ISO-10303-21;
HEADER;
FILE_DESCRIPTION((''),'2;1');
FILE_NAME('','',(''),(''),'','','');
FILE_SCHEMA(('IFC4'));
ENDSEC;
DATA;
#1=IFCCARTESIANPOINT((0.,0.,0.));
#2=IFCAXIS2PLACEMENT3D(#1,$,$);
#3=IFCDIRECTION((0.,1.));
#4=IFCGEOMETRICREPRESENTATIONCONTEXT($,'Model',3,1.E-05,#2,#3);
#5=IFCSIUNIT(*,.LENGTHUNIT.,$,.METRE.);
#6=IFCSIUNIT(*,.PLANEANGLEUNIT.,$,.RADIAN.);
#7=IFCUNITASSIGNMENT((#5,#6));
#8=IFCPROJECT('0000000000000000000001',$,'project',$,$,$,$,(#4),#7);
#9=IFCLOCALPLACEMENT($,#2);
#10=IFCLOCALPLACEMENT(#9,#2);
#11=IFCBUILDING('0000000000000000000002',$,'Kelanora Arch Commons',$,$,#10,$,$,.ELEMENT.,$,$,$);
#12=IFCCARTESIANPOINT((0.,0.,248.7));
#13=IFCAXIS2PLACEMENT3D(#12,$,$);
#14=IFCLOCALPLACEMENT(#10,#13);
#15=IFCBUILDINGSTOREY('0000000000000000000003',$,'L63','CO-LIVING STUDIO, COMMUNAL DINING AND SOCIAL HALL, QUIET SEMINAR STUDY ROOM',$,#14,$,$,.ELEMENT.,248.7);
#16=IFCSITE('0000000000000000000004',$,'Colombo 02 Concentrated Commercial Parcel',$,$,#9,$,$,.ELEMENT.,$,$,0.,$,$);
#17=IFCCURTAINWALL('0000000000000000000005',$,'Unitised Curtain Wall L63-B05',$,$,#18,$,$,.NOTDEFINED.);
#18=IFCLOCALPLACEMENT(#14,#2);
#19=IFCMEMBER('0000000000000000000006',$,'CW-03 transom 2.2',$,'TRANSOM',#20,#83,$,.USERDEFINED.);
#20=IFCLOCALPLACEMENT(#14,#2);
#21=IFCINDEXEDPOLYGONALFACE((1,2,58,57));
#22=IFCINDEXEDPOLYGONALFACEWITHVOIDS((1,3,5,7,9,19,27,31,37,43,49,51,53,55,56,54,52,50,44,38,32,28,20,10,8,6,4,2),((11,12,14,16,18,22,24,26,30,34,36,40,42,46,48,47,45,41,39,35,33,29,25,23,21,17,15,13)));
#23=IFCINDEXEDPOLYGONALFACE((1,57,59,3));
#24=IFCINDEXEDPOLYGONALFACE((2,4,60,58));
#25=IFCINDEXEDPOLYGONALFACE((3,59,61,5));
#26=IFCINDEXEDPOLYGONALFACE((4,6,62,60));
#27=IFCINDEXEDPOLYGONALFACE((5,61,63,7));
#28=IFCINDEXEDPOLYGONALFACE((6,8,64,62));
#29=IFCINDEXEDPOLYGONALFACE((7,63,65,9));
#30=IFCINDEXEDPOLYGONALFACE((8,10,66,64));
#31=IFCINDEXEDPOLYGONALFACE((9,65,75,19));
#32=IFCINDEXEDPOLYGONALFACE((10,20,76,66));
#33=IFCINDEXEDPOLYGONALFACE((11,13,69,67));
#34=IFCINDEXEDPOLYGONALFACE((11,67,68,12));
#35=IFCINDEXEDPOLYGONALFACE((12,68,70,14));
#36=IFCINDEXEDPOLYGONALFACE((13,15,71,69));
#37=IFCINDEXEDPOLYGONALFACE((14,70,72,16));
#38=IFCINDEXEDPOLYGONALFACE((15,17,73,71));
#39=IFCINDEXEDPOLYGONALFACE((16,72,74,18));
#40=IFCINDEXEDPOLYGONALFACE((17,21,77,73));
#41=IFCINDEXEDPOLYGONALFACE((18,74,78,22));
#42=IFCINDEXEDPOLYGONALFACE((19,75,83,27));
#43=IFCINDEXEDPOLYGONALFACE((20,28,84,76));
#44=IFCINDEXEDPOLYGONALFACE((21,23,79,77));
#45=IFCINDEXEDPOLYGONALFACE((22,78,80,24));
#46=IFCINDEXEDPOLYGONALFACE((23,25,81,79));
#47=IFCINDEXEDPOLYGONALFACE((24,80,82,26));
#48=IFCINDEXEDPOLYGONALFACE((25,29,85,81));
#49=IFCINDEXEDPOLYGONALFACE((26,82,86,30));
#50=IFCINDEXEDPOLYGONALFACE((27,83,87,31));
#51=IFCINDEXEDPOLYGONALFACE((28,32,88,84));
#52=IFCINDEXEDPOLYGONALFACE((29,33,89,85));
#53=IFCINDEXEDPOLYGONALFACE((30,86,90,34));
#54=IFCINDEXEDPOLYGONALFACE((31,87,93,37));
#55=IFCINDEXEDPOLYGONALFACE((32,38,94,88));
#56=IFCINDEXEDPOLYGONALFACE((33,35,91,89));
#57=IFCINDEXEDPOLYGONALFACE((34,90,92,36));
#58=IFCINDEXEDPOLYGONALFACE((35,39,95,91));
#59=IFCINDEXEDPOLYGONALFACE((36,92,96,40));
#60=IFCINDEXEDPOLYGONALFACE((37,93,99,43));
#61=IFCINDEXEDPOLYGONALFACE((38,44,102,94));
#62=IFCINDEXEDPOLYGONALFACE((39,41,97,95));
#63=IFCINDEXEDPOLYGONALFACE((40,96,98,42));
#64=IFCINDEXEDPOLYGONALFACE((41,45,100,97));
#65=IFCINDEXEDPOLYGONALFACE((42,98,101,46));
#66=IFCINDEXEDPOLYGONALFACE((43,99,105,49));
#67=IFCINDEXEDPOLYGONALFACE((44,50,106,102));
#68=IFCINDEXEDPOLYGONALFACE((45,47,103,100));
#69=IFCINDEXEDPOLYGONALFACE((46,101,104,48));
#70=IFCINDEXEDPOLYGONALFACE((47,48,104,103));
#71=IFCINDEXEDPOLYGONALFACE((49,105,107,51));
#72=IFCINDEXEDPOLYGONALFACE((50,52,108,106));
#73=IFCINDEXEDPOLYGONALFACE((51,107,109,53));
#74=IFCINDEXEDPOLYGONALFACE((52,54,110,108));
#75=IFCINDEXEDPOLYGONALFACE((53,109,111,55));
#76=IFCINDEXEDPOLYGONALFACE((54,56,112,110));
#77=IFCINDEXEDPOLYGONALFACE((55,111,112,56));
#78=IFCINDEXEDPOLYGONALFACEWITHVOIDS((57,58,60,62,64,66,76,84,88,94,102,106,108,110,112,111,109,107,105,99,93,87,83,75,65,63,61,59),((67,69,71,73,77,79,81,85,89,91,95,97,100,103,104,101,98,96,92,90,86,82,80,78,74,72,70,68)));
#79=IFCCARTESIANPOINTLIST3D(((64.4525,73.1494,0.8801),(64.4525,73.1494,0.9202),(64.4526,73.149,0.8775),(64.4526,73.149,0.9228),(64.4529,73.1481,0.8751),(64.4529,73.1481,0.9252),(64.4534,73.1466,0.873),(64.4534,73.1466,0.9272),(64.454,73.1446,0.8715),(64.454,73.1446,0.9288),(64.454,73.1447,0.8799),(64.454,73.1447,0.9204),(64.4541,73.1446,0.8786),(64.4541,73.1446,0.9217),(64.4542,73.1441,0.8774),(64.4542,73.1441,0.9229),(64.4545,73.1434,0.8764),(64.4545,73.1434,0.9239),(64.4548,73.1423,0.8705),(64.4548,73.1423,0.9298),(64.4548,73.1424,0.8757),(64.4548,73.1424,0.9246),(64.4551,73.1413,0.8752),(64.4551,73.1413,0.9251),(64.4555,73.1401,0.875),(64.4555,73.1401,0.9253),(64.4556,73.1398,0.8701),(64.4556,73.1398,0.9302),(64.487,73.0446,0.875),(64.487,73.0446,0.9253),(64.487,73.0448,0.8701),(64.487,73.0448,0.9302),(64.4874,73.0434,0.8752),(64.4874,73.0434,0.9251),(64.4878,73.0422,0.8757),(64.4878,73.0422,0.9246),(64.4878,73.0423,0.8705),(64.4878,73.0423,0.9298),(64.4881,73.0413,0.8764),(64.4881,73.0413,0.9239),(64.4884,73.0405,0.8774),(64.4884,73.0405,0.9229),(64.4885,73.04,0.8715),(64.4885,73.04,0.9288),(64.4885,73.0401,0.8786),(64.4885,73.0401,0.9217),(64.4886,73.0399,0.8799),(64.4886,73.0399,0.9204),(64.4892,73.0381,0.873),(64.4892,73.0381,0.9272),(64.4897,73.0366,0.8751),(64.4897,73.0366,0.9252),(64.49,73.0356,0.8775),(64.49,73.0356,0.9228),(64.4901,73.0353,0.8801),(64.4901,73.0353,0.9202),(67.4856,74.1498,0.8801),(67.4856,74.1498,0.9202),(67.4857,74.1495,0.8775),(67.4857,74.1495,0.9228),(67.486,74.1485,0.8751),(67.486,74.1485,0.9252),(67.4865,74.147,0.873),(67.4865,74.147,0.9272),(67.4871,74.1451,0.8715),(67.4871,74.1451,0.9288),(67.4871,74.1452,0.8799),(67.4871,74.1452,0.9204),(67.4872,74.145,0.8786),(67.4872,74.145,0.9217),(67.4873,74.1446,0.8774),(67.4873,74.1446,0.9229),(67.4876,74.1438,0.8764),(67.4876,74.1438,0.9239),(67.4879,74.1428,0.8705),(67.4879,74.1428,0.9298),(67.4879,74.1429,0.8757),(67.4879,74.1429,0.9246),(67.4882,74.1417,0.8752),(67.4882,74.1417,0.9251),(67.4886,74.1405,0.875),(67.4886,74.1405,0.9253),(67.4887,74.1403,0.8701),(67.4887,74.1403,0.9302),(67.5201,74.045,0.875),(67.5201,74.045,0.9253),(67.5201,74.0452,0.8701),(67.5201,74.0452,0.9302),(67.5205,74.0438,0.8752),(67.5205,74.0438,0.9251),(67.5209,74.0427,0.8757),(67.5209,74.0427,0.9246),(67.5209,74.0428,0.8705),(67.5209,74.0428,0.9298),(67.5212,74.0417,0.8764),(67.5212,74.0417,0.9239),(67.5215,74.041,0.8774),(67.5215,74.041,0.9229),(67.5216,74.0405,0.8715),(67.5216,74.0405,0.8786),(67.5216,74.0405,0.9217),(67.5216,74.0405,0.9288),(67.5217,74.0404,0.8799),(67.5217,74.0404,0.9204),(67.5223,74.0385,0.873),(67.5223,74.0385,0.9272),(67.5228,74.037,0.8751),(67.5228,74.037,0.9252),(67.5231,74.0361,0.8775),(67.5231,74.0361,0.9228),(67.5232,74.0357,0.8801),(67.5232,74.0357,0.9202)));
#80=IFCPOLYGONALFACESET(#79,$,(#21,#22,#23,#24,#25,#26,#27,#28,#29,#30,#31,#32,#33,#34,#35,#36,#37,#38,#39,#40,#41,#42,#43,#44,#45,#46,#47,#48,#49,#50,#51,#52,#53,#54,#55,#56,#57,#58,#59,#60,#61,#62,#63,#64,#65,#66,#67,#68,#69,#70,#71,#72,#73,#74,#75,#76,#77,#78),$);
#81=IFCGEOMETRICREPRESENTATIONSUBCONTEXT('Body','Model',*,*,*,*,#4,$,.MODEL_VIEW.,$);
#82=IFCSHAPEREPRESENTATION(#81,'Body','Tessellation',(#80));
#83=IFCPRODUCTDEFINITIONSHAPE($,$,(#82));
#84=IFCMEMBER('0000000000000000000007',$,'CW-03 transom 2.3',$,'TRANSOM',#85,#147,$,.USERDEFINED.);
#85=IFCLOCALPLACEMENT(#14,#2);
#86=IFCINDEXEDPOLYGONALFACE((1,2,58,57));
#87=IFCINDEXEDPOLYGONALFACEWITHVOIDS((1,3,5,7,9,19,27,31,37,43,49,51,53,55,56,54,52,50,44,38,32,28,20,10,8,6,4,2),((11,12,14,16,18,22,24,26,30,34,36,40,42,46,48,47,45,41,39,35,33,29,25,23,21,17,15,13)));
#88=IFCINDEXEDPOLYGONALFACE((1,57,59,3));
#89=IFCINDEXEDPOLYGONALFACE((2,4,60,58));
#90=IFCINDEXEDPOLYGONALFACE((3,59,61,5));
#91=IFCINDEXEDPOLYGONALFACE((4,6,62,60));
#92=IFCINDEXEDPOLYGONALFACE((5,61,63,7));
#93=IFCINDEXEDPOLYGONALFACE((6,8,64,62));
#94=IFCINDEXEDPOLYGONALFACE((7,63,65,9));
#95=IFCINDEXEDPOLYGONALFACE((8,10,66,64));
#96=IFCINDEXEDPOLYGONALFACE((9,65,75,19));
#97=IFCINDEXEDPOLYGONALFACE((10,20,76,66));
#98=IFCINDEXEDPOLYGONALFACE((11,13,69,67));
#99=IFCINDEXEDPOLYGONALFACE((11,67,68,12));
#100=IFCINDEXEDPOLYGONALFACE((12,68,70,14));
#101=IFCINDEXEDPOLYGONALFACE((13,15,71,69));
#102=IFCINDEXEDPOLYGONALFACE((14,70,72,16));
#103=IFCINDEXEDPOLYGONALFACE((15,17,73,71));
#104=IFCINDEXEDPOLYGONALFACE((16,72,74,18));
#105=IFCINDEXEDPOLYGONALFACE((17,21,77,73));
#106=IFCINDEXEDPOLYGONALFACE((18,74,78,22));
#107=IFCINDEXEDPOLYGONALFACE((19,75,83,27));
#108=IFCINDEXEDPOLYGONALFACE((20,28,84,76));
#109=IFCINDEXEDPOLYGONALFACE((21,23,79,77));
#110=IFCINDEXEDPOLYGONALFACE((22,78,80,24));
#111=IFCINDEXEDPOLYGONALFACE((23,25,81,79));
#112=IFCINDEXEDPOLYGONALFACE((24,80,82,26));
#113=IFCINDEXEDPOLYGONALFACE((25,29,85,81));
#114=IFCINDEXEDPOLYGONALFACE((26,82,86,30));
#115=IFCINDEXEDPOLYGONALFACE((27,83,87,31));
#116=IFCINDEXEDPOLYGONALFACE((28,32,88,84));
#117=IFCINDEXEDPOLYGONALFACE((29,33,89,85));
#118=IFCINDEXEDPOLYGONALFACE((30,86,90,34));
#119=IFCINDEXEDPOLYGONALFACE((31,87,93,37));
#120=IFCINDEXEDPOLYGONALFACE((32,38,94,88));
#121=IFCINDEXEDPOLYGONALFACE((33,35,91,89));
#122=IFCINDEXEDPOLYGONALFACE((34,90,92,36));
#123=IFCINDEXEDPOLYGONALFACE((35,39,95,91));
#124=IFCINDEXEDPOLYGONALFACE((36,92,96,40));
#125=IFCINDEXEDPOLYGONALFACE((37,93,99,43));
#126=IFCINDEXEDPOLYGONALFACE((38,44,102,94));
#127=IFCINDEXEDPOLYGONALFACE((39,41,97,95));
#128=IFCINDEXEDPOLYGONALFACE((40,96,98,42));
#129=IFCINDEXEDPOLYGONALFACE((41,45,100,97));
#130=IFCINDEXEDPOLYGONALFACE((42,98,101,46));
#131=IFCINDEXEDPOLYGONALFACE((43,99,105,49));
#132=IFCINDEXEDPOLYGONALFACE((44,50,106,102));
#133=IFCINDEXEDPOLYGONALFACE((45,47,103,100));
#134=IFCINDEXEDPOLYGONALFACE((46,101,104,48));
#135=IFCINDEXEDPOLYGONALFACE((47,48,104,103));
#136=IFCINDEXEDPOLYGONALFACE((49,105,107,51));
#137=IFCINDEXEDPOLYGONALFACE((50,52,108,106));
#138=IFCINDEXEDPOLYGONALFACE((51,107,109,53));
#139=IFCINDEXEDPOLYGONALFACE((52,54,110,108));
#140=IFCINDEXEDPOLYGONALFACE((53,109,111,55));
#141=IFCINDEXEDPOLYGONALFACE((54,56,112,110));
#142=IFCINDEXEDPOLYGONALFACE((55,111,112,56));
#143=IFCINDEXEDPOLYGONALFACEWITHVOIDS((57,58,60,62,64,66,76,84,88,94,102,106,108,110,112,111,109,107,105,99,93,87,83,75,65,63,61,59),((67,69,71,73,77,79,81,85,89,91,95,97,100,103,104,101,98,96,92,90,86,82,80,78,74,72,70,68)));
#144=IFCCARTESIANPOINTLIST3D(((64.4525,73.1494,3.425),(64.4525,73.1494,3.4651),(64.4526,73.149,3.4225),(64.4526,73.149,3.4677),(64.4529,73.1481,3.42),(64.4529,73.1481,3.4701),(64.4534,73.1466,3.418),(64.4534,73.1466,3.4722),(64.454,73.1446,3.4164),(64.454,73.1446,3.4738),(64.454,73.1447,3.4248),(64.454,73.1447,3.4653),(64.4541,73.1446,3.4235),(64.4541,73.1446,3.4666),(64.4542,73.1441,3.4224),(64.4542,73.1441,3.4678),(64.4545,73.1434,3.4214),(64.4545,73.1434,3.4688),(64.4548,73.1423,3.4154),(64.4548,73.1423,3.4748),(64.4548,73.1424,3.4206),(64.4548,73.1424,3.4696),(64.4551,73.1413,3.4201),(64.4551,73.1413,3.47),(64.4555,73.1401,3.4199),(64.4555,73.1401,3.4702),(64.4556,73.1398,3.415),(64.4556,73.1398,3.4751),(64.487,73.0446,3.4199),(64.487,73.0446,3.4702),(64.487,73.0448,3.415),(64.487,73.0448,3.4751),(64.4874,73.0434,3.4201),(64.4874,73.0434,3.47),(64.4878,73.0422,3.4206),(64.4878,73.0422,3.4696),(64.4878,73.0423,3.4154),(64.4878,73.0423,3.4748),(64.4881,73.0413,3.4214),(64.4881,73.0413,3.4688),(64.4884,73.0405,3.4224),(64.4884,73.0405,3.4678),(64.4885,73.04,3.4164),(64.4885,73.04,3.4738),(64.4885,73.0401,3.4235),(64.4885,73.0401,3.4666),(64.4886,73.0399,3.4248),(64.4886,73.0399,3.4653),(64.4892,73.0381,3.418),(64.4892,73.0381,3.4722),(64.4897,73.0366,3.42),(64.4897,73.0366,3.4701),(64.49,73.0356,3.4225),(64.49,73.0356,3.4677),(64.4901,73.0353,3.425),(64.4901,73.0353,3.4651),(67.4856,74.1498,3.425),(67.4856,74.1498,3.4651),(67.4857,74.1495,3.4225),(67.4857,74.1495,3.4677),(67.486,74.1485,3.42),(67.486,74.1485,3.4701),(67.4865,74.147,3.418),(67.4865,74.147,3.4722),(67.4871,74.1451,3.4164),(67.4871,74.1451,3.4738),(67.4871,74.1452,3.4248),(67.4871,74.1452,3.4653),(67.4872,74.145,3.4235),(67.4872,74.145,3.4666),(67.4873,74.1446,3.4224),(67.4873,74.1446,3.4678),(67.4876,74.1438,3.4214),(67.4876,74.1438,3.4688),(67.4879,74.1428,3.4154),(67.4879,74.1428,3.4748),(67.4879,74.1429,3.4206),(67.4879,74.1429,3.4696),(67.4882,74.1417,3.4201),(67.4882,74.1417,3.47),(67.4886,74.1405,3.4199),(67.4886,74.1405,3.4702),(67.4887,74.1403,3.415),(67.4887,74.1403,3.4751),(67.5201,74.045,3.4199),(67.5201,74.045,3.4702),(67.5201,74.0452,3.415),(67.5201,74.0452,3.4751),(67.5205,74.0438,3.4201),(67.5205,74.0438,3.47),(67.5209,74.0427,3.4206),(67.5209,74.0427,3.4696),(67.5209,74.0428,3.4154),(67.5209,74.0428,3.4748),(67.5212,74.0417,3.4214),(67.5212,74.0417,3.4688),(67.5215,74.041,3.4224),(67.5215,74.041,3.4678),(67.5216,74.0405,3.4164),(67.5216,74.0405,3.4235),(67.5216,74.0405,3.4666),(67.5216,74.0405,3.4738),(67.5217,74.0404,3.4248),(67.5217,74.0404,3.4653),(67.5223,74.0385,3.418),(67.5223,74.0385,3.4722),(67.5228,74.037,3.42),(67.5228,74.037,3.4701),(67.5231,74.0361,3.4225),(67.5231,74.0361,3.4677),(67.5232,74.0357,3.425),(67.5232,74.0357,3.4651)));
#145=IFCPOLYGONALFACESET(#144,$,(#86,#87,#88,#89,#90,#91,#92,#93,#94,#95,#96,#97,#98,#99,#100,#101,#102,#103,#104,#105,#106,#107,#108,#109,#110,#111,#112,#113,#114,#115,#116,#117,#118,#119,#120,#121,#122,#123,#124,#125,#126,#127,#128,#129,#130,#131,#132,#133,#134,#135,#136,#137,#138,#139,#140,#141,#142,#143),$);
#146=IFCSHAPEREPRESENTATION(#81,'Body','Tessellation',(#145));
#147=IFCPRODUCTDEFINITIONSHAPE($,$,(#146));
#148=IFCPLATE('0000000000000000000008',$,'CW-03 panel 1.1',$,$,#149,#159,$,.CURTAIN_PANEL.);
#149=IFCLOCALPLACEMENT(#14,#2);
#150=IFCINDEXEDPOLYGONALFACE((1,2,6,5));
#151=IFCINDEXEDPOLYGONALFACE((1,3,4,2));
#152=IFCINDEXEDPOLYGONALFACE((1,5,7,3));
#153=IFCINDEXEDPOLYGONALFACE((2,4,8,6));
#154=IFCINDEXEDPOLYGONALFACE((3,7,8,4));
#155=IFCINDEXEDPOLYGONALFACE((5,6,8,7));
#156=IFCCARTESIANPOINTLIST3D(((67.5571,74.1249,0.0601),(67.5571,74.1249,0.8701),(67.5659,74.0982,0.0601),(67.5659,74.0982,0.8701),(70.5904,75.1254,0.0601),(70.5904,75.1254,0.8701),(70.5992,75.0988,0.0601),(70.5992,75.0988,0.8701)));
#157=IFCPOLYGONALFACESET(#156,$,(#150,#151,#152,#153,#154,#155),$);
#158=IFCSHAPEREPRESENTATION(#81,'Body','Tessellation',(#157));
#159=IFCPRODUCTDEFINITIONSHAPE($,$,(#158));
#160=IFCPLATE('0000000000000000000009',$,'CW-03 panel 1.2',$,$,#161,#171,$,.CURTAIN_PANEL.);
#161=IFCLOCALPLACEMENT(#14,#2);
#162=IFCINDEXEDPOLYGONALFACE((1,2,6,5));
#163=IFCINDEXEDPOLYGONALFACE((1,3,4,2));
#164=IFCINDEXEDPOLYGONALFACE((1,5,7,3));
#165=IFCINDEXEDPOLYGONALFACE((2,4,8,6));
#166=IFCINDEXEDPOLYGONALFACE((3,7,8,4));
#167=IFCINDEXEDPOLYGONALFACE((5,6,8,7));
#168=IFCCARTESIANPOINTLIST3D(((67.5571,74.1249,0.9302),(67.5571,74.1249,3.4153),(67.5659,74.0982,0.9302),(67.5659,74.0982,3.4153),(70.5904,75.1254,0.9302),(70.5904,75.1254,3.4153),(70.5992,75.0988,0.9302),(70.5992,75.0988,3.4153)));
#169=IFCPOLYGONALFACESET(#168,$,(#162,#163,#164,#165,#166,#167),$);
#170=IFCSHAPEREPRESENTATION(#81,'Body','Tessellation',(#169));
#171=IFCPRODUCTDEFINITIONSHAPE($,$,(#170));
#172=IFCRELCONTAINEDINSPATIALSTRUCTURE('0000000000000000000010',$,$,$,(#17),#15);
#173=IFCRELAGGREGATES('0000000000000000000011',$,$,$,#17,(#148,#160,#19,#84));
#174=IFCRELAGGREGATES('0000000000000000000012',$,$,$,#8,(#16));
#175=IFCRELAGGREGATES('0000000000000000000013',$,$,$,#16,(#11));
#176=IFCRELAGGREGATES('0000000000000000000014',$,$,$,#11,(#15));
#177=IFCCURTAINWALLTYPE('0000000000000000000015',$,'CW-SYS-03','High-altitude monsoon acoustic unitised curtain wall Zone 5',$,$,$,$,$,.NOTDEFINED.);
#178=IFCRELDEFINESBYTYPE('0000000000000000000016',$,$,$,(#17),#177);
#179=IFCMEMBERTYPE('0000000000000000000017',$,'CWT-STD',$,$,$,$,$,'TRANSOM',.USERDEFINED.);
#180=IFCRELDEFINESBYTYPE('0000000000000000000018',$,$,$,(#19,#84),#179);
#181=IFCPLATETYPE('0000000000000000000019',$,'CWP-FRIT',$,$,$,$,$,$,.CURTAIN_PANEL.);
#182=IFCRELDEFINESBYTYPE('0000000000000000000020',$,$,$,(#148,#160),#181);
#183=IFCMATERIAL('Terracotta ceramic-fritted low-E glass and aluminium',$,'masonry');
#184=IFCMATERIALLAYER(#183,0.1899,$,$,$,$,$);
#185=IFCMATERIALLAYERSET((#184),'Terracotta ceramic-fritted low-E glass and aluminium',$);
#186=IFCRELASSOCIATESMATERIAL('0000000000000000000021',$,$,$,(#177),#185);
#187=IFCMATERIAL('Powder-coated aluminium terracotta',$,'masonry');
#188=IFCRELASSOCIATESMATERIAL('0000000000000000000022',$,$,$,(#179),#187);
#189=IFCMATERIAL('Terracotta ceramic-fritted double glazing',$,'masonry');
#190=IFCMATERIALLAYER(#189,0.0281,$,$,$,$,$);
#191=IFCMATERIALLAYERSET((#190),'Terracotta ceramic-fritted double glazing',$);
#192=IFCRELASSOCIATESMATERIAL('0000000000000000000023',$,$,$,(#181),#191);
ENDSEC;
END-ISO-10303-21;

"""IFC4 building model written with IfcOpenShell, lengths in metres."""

from ifc_helpers import new_model, si_unit, direction, frame, origin, origin_2d, place, context, subcontext, project, spatial, rectangle, hollow_rectangle, extrude, source, transform, mapped, material, layer, layer_set, material_profile, profile_set, type_object, element, aggregate, save


model = new_model("IFC4")

# Units and contexts
model_context = context("Model", 3, precision=1e-05, world=origin(), true_north=direction((0.0, 1.0)))
body_context = subcontext(model_context, "Body", "Model", "MODEL_VIEW")
ifc_project = project(units=[si_unit("LENGTHUNIT", "METRE"), si_unit("PLANEANGLEUNIT", "RADIAN")], contexts=[model_context])

# Site, building, storey
site_placement = place(None, origin())
site = spatial("IfcSite", under=ifc_project, at=site_placement, Name="Colombo 02 Concentrated Commercial Parcel", CompositionType="ELEMENT", RefElevation=0.0)
building_placement = place(site_placement, origin())
building = spatial("IfcBuilding", under=site, at=building_placement, Name="Kelanora Arch Commons", CompositionType="ELEMENT")
storey_placement = place(building_placement, frame((0.0, 0.0, 248.7)))
storey = spatial("IfcBuildingStorey", under=building, at=storey_placement, Name="L63", Description="CO-LIVING STUDIO, COMMUNAL DINING AND SOCIAL HALL, QUIET SEMINAR STUDY ROOM", CompositionType="ELEMENT", Elevation=248.7)

# Curtain wall, members, plates
ifc_material_1 = material(Name="Terracotta ceramic-fritted low-E glass and aluminium", Category="masonry")
ifc_layer_1 = layer(ifc_material_1, 0.1899)
ifc_layer_set_1 = layer_set([ifc_layer_1], Name="Terracotta ceramic-fritted low-E glass and aluminium")
curtain_wall_type = type_object("IfcCurtainWallType", Name="CW-SYS-03", Description="High-altitude monsoon acoustic unitised curtain wall Zone 5", PredefinedType="NOTDEFINED", material=ifc_layer_set_1)
curtain_wall_placement = place(storey_placement, origin())
curtain_wall = element("IfcCurtainWall", 1, at=curtain_wall_placement, inside=storey, type_object=curtain_wall_type, Name="Unitised Curtain Wall L63-B05", PredefinedType="NOTDEFINED")
ifc_material_2 = material(Name="Powder-coated aluminium terracotta", Category="masonry")
ifc_material_profile_1 = material_profile(ifc_material_2, hollow_rectangle(XDim=0.1201, YDim=0.0601, WallThickness=0.0049, InnerFilletRadius=0.0049, OuterFilletRadius=0.01, at=origin_2d()), Name="CWT120x60")
ifc_profile_set_1 = profile_set([ifc_material_profile_1], Name="Powder-coated aluminium terracotta")
member_type_1 = type_object("IfcMemberType", Name="CWT-STD", ElementType="TRANSOM", PredefinedType="USERDEFINED", material=ifc_profile_set_1)
member_1_placement = place(storey_placement, frame((67.5044, 74.0928, 0.9001), z_axis=(-0.949672, -0.313245, 0.0), x_axis=(0.313245, -0.949672, 0.0)))
member_1 = element("IfcMember", 2, at=member_1_placement, type_object=member_type_1, Name="CW-03 transom 2.2", ObjectType="TRANSOM", PredefinedType="USERDEFINED", context=body_context, shape_type="SweptSolid", body=[
    extrude(hollow_rectangle(XDim=0.1201, YDim=0.0601, WallThickness=0.0049, InnerFilletRadius=0.0049, OuterFilletRadius=0.01, at=origin_2d()), origin(), (0.0, 0.0, 1.0), 3.1938),
])
member_2_placement = place(storey_placement, frame((67.5044, 74.0928, 3.4451), z_axis=(-0.949672, -0.313245, 0.0), x_axis=(0.313245, -0.949672, 0.0)))
member_2 = element("IfcMember", 3, at=member_2_placement, type_object=member_type_1, Name="CW-03 transom 2.3", ObjectType="TRANSOM", PredefinedType="USERDEFINED", context=body_context, shape_type="SweptSolid", body=[
    extrude(hollow_rectangle(XDim=0.1201, YDim=0.0601, WallThickness=0.0049, InnerFilletRadius=0.0049, OuterFilletRadius=0.01, at=origin_2d()), origin(), (0.0, 0.0, 1.0), 3.1938),
])
ifc_material_3 = material(Name="Terracotta ceramic-fritted double glazing", Category="masonry")
ifc_layer_2 = layer(ifc_material_3, 0.0281)
ifc_layer_set_2 = layer_set([ifc_layer_2], Name="Terracotta ceramic-fritted double glazing")
plate_type = type_object("IfcPlateType", Name="CWP-FRIT", PredefinedType="CURTAIN_PANEL", material=ifc_layer_set_2)
shared_shape_1 = source(origin(), body_context, "Body", "SweptSolid", [
    extrude(rectangle(XDim=3.1941, YDim=0.0281, at=origin_2d()), origin(), (0.0, 0.0, 1.0), 0.8101),
])
plate_1_placement = place(storey_placement, frame((69.0781, 74.6118, 0.0601), z_axis=(0.0, 0.0, 1.0), x_axis=(-0.94967, -0.313253, 0.0)))
plate_1 = element("IfcPlate", 4, at=plate_1_placement, type_object=plate_type, Name="CW-03 panel 1.1", PredefinedType="CURTAIN_PANEL", context=body_context, shape_type="MappedRepresentation", body=[
    mapped(shared_shape_1, transform((0.0, 0.0, 0.0), scale=1.0)),
])
shared_shape_2 = source(origin(), body_context, "Body", "SweptSolid", [
    extrude(rectangle(XDim=3.1941, YDim=0.0281, at=origin_2d()), origin(), (0.0, 0.0, 1.0), 2.4851),
])
plate_2_placement = place(storey_placement, frame((69.0781, 74.6118, 0.9302), z_axis=(0.0, 0.0, 1.0), x_axis=(-0.94967, -0.313253, 0.0)))
plate_2 = element("IfcPlate", 5, at=plate_2_placement, type_object=plate_type, Name="CW-03 panel 1.2", PredefinedType="CURTAIN_PANEL", context=body_context, shape_type="MappedRepresentation", body=[
    mapped(shared_shape_2, transform((0.0, 0.0, 0.0), scale=1.0)),
])
aggregate(curtain_wall, [plate_1, plate_2, member_1, member_2])

save(model, "model.ifc")
